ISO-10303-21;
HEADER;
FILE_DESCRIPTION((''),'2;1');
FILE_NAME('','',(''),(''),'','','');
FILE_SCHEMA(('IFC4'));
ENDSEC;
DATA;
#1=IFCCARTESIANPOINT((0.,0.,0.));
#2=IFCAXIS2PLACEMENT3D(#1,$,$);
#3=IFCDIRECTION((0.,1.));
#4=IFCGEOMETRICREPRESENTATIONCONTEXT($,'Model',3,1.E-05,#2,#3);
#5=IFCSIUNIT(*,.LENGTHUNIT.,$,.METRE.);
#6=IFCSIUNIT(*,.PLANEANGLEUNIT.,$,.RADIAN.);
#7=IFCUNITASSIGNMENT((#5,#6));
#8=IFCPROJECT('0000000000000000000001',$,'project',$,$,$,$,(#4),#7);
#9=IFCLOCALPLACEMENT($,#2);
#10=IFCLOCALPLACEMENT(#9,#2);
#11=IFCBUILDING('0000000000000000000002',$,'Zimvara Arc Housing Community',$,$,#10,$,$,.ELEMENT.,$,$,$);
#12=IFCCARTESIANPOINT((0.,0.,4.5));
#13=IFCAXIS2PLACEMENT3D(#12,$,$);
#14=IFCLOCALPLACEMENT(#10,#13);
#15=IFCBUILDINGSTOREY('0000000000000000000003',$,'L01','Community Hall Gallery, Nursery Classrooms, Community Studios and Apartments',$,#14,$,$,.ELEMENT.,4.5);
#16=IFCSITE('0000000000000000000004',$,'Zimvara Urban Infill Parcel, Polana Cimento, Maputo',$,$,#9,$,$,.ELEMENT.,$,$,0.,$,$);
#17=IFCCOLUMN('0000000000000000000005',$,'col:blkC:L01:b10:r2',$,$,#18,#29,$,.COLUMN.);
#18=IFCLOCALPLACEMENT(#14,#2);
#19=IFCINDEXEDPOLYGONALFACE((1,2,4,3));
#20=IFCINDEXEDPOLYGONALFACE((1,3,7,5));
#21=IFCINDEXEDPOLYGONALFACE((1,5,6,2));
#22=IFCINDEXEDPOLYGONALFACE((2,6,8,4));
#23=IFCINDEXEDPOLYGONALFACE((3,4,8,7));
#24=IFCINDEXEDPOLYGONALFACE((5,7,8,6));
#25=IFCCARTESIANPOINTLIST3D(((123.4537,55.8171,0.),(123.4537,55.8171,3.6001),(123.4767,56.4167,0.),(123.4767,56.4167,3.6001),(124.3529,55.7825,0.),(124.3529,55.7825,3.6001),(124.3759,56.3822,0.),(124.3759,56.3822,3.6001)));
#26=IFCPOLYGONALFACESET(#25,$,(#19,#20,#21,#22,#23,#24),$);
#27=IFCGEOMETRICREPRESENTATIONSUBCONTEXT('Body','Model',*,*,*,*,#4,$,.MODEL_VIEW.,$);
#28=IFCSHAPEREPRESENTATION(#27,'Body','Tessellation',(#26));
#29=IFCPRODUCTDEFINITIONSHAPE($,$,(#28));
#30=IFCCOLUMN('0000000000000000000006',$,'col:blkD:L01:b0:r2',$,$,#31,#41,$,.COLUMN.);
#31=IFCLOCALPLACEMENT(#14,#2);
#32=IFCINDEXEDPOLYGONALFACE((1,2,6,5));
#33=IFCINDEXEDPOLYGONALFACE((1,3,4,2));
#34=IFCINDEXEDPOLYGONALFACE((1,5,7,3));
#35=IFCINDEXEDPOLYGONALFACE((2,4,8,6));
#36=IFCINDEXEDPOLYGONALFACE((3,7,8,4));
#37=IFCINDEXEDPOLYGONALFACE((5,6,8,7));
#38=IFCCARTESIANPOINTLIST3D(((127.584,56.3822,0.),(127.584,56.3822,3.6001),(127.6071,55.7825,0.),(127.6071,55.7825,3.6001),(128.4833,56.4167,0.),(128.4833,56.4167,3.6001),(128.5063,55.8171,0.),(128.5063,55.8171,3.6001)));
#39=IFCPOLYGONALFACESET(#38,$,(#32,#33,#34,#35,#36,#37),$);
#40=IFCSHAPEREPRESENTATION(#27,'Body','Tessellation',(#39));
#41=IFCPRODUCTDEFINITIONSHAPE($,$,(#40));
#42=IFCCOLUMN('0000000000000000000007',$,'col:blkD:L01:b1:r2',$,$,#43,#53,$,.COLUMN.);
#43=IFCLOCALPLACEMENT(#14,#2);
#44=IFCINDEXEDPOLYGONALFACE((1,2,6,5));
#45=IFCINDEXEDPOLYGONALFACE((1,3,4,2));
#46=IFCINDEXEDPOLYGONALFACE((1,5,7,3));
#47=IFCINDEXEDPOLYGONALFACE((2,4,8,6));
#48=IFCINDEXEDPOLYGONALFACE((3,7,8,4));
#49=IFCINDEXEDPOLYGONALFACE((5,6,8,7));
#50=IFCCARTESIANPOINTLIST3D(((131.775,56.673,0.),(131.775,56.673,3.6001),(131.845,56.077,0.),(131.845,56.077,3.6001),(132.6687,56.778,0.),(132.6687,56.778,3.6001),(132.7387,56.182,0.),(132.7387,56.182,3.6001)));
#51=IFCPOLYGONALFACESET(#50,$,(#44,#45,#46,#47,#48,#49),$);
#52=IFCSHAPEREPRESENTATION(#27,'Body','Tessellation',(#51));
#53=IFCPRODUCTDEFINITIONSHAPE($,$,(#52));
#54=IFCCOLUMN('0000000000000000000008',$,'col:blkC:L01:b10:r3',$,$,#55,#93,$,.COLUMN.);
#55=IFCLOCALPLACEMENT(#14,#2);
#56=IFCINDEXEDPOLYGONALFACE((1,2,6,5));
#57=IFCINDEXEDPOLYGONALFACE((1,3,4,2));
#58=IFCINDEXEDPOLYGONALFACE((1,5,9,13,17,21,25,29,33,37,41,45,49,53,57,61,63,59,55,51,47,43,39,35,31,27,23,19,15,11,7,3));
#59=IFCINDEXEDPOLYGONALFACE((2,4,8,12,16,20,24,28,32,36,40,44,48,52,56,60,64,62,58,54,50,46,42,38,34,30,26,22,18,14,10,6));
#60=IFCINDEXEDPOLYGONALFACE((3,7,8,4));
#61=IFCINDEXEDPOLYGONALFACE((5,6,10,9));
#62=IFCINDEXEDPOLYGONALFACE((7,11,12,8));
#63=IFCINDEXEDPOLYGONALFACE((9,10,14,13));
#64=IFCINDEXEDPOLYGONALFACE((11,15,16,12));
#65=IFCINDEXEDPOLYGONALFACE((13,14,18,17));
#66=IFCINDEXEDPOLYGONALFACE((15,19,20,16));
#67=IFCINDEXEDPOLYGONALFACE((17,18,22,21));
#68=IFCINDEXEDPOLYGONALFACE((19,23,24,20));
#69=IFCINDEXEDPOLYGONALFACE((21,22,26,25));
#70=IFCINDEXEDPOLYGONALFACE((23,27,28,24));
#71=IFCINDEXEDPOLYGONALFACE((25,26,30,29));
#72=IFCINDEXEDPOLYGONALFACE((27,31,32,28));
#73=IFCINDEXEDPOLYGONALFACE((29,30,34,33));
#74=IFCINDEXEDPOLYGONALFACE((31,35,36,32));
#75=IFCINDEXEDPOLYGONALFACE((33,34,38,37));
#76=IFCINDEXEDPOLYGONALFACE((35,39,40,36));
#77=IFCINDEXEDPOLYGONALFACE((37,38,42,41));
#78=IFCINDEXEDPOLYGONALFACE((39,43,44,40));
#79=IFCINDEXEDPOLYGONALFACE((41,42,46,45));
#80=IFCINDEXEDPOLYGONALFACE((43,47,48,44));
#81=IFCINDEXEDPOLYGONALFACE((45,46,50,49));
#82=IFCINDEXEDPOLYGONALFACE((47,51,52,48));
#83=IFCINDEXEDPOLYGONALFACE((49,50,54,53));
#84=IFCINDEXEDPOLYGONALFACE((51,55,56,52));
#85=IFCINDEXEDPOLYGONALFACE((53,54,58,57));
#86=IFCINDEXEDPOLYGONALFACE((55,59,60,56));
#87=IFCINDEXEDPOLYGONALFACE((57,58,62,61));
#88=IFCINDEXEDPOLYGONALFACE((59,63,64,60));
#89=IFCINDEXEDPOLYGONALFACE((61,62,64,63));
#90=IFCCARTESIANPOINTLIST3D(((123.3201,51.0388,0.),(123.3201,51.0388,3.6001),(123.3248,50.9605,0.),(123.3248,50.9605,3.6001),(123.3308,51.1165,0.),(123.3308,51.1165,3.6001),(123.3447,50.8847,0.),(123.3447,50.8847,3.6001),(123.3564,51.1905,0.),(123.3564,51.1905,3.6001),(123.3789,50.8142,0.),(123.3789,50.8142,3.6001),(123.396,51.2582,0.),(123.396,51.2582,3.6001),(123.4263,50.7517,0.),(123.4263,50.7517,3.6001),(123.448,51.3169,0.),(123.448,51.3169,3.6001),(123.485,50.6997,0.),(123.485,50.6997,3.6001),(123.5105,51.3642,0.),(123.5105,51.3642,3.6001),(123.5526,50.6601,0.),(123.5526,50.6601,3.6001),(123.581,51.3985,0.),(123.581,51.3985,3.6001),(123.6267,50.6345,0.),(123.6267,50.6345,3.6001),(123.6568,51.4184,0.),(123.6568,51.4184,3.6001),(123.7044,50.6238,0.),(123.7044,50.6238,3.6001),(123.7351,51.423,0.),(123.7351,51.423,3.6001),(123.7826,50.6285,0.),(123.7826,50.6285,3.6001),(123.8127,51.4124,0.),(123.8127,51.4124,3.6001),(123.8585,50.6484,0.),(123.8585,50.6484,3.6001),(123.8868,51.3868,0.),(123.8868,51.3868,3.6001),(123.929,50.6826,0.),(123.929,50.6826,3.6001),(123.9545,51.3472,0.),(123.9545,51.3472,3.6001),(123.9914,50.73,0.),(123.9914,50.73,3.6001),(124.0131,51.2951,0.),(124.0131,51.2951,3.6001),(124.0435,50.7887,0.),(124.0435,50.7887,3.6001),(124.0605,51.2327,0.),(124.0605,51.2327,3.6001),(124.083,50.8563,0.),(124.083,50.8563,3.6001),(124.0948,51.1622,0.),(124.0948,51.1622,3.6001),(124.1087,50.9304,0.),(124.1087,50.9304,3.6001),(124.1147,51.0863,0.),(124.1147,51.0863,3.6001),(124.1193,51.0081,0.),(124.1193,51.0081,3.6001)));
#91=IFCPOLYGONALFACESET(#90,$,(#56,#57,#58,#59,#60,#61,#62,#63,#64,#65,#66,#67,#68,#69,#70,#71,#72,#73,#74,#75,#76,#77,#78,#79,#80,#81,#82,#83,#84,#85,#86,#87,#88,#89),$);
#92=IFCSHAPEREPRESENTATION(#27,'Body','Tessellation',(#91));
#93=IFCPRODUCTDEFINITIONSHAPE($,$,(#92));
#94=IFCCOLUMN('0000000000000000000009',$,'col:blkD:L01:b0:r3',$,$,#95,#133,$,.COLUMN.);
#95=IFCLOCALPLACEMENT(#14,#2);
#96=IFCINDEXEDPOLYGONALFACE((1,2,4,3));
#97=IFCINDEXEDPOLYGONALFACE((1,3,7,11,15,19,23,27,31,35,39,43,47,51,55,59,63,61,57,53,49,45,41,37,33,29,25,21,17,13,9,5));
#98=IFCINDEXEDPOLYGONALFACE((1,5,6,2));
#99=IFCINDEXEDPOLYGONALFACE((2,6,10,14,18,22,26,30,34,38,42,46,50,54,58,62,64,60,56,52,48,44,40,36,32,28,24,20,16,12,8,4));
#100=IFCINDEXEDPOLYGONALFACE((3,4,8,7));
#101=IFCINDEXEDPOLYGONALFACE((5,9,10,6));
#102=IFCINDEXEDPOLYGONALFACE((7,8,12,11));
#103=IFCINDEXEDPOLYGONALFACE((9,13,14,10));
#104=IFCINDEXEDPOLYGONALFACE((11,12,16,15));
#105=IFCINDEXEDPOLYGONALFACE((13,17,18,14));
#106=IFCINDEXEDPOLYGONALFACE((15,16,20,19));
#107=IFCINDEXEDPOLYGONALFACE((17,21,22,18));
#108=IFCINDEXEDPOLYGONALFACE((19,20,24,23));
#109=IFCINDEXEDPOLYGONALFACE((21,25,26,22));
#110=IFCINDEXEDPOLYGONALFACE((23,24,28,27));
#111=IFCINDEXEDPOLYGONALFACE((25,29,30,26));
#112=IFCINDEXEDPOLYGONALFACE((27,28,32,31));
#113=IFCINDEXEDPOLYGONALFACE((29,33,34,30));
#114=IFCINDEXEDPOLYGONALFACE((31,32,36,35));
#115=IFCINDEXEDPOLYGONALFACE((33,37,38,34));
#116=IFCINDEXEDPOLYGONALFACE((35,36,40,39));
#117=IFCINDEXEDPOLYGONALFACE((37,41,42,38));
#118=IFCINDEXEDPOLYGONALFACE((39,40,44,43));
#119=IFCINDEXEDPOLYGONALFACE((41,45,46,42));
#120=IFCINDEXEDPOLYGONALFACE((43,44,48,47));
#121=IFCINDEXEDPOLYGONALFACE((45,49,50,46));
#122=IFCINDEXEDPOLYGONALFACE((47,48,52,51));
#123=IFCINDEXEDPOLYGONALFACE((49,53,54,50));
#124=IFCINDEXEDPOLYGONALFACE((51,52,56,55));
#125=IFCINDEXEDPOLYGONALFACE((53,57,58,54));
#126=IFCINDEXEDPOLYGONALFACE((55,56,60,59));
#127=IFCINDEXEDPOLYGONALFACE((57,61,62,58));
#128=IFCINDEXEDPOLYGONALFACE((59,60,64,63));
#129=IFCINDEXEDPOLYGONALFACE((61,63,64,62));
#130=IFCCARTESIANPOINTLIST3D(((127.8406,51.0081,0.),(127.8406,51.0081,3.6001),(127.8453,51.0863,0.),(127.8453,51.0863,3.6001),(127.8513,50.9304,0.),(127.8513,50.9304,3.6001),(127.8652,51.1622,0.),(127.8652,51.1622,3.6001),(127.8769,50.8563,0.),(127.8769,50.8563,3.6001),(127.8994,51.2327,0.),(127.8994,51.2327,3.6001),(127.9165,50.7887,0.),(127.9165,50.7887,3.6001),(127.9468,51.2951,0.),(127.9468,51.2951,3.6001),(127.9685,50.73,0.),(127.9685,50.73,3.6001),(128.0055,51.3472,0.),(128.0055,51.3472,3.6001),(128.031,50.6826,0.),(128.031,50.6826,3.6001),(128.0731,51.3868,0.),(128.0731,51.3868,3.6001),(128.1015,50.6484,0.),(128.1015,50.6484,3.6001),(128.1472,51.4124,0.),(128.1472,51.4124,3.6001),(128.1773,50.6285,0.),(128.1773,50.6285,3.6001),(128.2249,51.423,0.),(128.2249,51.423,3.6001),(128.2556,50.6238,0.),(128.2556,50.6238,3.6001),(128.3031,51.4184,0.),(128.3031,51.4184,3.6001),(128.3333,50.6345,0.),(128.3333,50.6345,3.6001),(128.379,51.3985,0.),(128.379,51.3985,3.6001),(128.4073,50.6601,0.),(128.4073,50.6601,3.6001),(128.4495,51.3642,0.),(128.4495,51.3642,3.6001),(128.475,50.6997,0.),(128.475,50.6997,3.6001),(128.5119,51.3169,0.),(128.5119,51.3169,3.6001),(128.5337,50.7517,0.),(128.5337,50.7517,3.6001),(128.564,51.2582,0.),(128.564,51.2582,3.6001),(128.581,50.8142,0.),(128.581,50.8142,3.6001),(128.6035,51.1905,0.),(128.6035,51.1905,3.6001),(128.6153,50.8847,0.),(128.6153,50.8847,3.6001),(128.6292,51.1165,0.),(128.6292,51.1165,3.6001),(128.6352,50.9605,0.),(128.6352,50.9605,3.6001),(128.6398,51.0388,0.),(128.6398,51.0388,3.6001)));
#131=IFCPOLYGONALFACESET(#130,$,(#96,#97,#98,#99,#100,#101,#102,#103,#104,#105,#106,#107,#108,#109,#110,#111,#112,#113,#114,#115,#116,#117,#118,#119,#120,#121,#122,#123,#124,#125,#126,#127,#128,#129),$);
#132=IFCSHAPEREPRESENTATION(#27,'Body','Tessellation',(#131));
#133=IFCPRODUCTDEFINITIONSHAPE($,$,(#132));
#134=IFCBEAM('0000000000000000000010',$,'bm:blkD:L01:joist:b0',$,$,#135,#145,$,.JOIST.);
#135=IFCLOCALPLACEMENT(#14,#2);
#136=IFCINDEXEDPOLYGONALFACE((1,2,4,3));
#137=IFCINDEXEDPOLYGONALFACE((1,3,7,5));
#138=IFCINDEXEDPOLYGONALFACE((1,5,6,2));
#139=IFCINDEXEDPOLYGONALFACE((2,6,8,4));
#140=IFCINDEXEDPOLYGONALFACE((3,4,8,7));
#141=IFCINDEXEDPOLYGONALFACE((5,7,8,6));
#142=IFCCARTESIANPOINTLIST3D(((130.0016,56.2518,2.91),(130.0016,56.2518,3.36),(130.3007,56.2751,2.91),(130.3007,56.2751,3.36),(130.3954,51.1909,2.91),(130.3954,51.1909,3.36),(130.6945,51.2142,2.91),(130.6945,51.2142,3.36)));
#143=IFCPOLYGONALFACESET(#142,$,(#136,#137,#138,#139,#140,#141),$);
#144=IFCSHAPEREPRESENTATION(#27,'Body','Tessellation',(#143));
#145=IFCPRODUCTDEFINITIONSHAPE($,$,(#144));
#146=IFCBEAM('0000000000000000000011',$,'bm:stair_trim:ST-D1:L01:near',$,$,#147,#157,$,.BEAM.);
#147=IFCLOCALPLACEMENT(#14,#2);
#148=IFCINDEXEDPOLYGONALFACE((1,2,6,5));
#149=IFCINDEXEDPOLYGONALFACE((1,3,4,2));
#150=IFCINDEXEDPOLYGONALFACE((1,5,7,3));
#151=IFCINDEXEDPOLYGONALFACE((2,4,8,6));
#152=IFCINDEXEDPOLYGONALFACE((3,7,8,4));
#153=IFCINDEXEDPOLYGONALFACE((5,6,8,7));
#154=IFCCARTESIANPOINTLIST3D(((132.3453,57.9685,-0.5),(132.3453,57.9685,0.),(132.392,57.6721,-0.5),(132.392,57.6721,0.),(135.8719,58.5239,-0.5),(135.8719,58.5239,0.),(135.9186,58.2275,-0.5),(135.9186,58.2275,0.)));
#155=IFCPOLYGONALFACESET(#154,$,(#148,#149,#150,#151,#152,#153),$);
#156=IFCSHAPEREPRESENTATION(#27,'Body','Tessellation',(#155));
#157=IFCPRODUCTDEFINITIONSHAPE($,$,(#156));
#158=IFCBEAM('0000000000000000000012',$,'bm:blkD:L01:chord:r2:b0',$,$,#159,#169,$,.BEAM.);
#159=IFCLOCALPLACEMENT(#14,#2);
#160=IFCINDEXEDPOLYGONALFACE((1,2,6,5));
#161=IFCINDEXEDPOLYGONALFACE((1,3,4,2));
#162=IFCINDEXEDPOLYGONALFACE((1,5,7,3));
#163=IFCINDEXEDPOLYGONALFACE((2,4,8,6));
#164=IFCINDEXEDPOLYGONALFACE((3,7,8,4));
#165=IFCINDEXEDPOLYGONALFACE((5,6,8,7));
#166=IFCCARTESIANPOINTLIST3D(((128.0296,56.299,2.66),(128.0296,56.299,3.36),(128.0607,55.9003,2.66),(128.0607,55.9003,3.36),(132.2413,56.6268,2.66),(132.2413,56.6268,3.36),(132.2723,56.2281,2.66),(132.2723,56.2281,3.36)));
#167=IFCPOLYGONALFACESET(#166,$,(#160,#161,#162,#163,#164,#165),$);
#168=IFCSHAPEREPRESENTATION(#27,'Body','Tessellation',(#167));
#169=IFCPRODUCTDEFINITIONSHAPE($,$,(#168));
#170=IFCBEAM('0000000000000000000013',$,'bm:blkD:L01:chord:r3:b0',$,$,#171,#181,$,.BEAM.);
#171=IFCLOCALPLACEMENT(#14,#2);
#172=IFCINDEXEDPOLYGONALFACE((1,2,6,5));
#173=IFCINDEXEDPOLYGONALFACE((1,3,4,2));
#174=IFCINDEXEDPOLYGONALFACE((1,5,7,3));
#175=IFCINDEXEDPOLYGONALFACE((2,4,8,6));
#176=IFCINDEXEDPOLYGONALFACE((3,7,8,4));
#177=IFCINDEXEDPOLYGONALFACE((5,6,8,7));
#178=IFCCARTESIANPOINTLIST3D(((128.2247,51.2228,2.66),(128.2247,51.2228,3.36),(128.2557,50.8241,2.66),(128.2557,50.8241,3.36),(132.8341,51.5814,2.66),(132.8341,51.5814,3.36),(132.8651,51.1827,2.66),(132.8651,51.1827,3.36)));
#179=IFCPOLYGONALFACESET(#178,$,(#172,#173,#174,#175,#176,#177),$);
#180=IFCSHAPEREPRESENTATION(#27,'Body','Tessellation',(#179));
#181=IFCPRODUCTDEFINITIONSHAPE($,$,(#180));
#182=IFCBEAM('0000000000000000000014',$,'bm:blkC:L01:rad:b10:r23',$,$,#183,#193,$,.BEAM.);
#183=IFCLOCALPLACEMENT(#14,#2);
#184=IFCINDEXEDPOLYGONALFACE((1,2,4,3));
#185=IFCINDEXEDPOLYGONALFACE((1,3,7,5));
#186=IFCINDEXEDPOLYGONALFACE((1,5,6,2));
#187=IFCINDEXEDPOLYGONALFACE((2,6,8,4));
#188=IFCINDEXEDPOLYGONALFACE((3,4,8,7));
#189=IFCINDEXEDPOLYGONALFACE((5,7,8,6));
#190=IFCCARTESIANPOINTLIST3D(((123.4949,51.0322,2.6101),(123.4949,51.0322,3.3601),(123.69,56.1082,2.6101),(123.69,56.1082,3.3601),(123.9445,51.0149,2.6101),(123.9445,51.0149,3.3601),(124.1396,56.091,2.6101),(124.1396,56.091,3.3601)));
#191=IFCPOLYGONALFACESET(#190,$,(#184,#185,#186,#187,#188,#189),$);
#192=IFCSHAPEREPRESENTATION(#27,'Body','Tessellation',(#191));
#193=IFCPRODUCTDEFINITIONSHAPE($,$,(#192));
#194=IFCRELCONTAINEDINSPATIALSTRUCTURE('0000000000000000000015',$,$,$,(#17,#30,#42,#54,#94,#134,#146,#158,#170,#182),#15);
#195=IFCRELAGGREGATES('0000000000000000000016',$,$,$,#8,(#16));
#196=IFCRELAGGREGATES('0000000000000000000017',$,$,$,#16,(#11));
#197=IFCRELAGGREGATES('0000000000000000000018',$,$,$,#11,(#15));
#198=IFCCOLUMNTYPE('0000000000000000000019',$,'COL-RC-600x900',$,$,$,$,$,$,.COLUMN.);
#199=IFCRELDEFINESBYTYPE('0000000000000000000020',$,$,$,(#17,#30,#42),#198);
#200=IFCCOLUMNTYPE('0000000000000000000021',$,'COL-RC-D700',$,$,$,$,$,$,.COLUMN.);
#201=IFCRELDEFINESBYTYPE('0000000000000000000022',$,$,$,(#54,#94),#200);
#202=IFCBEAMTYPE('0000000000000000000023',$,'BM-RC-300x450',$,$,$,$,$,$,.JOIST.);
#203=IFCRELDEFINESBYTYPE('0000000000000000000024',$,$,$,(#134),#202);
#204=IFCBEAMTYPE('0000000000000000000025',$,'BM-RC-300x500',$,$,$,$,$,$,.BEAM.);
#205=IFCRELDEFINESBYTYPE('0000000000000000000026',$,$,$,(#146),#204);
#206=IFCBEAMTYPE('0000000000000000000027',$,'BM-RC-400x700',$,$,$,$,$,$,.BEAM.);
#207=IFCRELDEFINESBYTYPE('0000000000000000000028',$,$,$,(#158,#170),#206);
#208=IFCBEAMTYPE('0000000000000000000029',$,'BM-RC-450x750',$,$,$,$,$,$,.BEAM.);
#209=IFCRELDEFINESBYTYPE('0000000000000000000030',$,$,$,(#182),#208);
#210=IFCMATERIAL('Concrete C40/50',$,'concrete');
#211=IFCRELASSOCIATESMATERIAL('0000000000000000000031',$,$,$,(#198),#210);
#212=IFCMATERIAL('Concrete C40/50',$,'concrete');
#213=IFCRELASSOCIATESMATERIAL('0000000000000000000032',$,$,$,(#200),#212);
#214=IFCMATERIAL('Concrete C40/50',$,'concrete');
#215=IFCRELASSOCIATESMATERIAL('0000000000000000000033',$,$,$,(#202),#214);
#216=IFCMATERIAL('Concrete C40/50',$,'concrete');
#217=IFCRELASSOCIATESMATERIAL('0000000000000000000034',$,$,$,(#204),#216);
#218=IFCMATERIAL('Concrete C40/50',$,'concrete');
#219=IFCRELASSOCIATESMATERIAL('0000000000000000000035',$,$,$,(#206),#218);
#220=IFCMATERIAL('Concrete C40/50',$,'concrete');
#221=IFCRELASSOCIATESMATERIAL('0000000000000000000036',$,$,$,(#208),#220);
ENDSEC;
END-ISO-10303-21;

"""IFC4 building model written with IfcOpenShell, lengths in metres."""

from ifc_helpers import new_model, si_unit, direction, frame, origin, origin_2d, place, context, subcontext, project, spatial, rectangle, circle, extrude, material, material_profile, profile_set, type_object, element, save


model = new_model("IFC4")

# Units and contexts
model_context = context("Model", 3, precision=1e-05, world=origin(), true_north=direction((0.0, 1.0)))
body_context = subcontext(model_context, "Body", "Model", "MODEL_VIEW")
ifc_project = project(units=[si_unit("LENGTHUNIT", "METRE"), si_unit("PLANEANGLEUNIT", "RADIAN")], contexts=[model_context])

# Site, building, storey
site_placement = place(None, origin())
site = spatial("IfcSite", under=ifc_project, at=site_placement, Name="Zimvara Urban Infill Parcel, Polana Cimento, Maputo", CompositionType="ELEMENT", RefElevation=0.0)
building_placement = place(site_placement, origin())
building = spatial("IfcBuilding", under=site, at=building_placement, Name="Zimvara Arc Housing Community", CompositionType="ELEMENT")
storey_placement = place(building_placement, frame((0.0, 0.0, 4.5)))
storey = spatial("IfcBuildingStorey", under=building, at=storey_placement, Name="L01", Description="Community Hall Gallery, Nursery Classrooms, Community Studios and Apartments", CompositionType="ELEMENT", Elevation=4.5)

# Columns
ifc_material_1 = material(Name="Concrete C40/50", Category="concrete")
ifc_material_profile_1 = material_profile(ifc_material_1, rectangle(XDim=0.6001, YDim=0.8999, at=origin_2d()), Name="RC 600x900")
ifc_profile_set_1 = profile_set([ifc_material_profile_1], Name="Concrete C40/50")
column_type_1 = type_object("IfcColumnType", Name="COL-RC-600x900", PredefinedType="COLUMN", material=ifc_profile_set_1)
for number, where, z_axis, x_axis, name in (
    (1, (123.9148, 56.0996, 0.0), (0.0, 0.0, 1.0), (-0.038388, -0.999263, 0.0), "col:blkC:L01:b10:r2"),
    (2, (128.0452, 56.0996, 0.0), (0.0, 0.0, 1.0), (0.038388, -0.999263, 0.0), "col:blkD:L01:b0:r2"),
    (3, (132.2568, 56.4275, 0.0), (0.0, 0.0, 1.0), (0.116671, -0.993171, 0.0), "col:blkD:L01:b1:r2"),
):
    element("IfcColumn", number, at=place(storey_placement, frame(where, z_axis=z_axis, x_axis=x_axis)), inside=storey, type_object=column_type_1, Name=name, PredefinedType="COLUMN", context=body_context, shape_type="SweptSolid", body=[
        extrude(rectangle(XDim=0.6001, YDim=0.8999, at=origin_2d()), origin(), (0.0, 0.0, 1.0), 3.6001),
    ])
ifc_material_2 = material(Name="Concrete C40/50", Category="concrete")
ifc_material_profile_2 = material_profile(ifc_material_2, circle(Radius=0.3999, at=origin_2d()), Name="RC D800")
ifc_profile_set_2 = profile_set([ifc_material_profile_2], Name="Concrete C40/50")
column_type_2 = type_object("IfcColumnType", Name="COL-RC-D700", PredefinedType="COLUMN", material=ifc_profile_set_2)
for number, where, z_axis, x_axis, name in (
    (4, (123.7197, 51.0234, 0.0), (0.0, 0.0, 1.0), (-0.038388, -0.999263, 0.0), "col:blkC:L01:b10:r3"),
    (5, (128.2402, 51.0234, 0.0), (0.0, 0.0, 1.0), (0.038388, -0.999263, 0.0), "col:blkD:L01:b0:r3"),
):
    element("IfcColumn", number, at=place(storey_placement, frame(where, z_axis=z_axis, x_axis=x_axis)), inside=storey, type_object=column_type_2, Name=name, PredefinedType="COLUMN", context=body_context, shape_type="SweptSolid", body=[
        extrude(circle(Radius=0.3999, at=origin_2d()), origin(), (0.0, 0.0, 1.0), 3.6001),
    ])

# Beams
ifc_material_3 = material(Name="Concrete C40/50", Category="concrete")
ifc_material_profile_3 = material_profile(ifc_material_3, rectangle(XDim=0.3, YDim=0.45, at=origin_2d()), Name="RC 300x450")
ifc_profile_set_3 = profile_set([ifc_material_profile_3], Name="Concrete C40/50")
beam_type_1 = type_object("IfcBeamType", Name="BM-RC-300x450", PredefinedType="JOIST", material=ifc_profile_set_3)
beam_1_placement = place(storey_placement, frame((130.1511, 56.2634, 3.135), z_axis=(0.077579, -0.996986, 0.0), x_axis=(0.996986, 0.077579, 0.0)))
element("IfcBeam", 6, at=beam_1_placement, inside=storey, type_object=beam_type_1, Name="bm:blkD:L01:joist:b0", PredefinedType="JOIST", context=body_context, shape_type="SweptSolid", body=[
    extrude(rectangle(XDim=0.3, YDim=0.45, at=origin_2d()), origin(), (0.0, 0.0, 1.0), 5.0762),
])
ifc_material_4 = material(Name="Concrete C40/50", Category="concrete")
ifc_material_profile_4 = material_profile(ifc_material_4, rectangle(XDim=0.3, YDim=0.5, at=origin_2d()), Name="RC 300x500")
ifc_profile_set_4 = profile_set([ifc_material_profile_4], Name="Concrete C40/50")
beam_type_2 = type_object("IfcBeamType", Name="BM-RC-300x500", PredefinedType="BEAM", material=ifc_profile_set_4)
beam_2_placement = place(storey_placement, frame((132.3687, 57.8203, -0.25), z_axis=(0.987824, 0.155576, 0.0), x_axis=(-0.155576, 0.987824, 0.0)))
element("IfcBeam", 7, at=beam_2_placement, inside=storey, type_object=beam_type_2, Name="bm:stair_trim:ST-D1:L01:near", PredefinedType="BEAM", context=body_context, shape_type="SweptSolid", body=[
    extrude(rectangle(XDim=0.3, YDim=0.5, at=origin_2d()), origin(), (0.0, 0.0, 1.0), 3.5701),
])
ifc_material_5 = material(Name="Concrete C40/50", Category="concrete")
ifc_material_profile_5 = material_profile(ifc_material_5, rectangle(XDim=0.3999, YDim=0.7, at=origin_2d()), Name="RC 400x700")
ifc_profile_set_5 = profile_set([ifc_material_profile_5], Name="Concrete C40/50")
beam_type_3 = type_object("IfcBeamType", Name="BM-RC-400x700", PredefinedType="BEAM", material=ifc_profile_set_5)
beam_3_placement = place(storey_placement, frame((128.0452, 56.0996, 3.01), z_axis=(0.996983, 0.077616, 0.0), x_axis=(-0.077616, 0.996983, 0.0)))
element("IfcBeam", 8, at=beam_3_placement, inside=storey, type_object=beam_type_3, Name="bm:blkD:L01:chord:r2:b0", PredefinedType="BEAM", context=body_context, shape_type="SweptSolid", body=[
    extrude(rectangle(XDim=0.3999, YDim=0.7, at=origin_2d()), origin(), (0.0, 0.0, 1.0), 4.2244),
])
beam_4_placement = place(storey_placement, frame((128.2402, 51.0234, 3.01), z_axis=(0.996987, 0.077573, 0.0), x_axis=(-0.077573, 0.996987, 0.0)))
element("IfcBeam", 9, at=beam_4_placement, inside=storey, type_object=beam_type_3, Name="bm:blkD:L01:chord:r3:b0", PredefinedType="BEAM", context=body_context, shape_type="SweptSolid", body=[
    extrude(rectangle(XDim=0.3999, YDim=0.7, at=origin_2d()), origin(), (0.0, 0.0, 1.0), 4.6233),
])
ifc_material_6 = material(Name="Concrete C40/50", Category="concrete")
ifc_material_profile_6 = material_profile(ifc_material_6, rectangle(XDim=0.45, YDim=0.75, at=origin_2d()), Name="RC 450x750")
ifc_profile_set_6 = profile_set([ifc_material_profile_6], Name="Concrete C40/50")
beam_type_4 = type_object("IfcBeamType", Name="BM-RC-450x750", PredefinedType="BEAM", material=ifc_profile_set_6)
for number, where, z_axis, x_axis, name in (
    (10, (123.9148, 56.0996, 2.9851), (-0.0384, -0.999262, 0.0), (0.999262, -0.0384, 0.0), "bm:blkC:L01:rad:b10:r23"),
):
    element("IfcBeam", number, at=place(storey_placement, frame(where, z_axis=z_axis, x_axis=x_axis)), inside=storey, type_object=beam_type_4, Name=name, PredefinedType="BEAM", context=body_context, shape_type="SweptSolid", body=[
        extrude(rectangle(XDim=0.45, YDim=0.75, at=origin_2d()), origin(), (0.0, 0.0, 1.0), 5.0798),
    ])

save(model, "model.ifc")
